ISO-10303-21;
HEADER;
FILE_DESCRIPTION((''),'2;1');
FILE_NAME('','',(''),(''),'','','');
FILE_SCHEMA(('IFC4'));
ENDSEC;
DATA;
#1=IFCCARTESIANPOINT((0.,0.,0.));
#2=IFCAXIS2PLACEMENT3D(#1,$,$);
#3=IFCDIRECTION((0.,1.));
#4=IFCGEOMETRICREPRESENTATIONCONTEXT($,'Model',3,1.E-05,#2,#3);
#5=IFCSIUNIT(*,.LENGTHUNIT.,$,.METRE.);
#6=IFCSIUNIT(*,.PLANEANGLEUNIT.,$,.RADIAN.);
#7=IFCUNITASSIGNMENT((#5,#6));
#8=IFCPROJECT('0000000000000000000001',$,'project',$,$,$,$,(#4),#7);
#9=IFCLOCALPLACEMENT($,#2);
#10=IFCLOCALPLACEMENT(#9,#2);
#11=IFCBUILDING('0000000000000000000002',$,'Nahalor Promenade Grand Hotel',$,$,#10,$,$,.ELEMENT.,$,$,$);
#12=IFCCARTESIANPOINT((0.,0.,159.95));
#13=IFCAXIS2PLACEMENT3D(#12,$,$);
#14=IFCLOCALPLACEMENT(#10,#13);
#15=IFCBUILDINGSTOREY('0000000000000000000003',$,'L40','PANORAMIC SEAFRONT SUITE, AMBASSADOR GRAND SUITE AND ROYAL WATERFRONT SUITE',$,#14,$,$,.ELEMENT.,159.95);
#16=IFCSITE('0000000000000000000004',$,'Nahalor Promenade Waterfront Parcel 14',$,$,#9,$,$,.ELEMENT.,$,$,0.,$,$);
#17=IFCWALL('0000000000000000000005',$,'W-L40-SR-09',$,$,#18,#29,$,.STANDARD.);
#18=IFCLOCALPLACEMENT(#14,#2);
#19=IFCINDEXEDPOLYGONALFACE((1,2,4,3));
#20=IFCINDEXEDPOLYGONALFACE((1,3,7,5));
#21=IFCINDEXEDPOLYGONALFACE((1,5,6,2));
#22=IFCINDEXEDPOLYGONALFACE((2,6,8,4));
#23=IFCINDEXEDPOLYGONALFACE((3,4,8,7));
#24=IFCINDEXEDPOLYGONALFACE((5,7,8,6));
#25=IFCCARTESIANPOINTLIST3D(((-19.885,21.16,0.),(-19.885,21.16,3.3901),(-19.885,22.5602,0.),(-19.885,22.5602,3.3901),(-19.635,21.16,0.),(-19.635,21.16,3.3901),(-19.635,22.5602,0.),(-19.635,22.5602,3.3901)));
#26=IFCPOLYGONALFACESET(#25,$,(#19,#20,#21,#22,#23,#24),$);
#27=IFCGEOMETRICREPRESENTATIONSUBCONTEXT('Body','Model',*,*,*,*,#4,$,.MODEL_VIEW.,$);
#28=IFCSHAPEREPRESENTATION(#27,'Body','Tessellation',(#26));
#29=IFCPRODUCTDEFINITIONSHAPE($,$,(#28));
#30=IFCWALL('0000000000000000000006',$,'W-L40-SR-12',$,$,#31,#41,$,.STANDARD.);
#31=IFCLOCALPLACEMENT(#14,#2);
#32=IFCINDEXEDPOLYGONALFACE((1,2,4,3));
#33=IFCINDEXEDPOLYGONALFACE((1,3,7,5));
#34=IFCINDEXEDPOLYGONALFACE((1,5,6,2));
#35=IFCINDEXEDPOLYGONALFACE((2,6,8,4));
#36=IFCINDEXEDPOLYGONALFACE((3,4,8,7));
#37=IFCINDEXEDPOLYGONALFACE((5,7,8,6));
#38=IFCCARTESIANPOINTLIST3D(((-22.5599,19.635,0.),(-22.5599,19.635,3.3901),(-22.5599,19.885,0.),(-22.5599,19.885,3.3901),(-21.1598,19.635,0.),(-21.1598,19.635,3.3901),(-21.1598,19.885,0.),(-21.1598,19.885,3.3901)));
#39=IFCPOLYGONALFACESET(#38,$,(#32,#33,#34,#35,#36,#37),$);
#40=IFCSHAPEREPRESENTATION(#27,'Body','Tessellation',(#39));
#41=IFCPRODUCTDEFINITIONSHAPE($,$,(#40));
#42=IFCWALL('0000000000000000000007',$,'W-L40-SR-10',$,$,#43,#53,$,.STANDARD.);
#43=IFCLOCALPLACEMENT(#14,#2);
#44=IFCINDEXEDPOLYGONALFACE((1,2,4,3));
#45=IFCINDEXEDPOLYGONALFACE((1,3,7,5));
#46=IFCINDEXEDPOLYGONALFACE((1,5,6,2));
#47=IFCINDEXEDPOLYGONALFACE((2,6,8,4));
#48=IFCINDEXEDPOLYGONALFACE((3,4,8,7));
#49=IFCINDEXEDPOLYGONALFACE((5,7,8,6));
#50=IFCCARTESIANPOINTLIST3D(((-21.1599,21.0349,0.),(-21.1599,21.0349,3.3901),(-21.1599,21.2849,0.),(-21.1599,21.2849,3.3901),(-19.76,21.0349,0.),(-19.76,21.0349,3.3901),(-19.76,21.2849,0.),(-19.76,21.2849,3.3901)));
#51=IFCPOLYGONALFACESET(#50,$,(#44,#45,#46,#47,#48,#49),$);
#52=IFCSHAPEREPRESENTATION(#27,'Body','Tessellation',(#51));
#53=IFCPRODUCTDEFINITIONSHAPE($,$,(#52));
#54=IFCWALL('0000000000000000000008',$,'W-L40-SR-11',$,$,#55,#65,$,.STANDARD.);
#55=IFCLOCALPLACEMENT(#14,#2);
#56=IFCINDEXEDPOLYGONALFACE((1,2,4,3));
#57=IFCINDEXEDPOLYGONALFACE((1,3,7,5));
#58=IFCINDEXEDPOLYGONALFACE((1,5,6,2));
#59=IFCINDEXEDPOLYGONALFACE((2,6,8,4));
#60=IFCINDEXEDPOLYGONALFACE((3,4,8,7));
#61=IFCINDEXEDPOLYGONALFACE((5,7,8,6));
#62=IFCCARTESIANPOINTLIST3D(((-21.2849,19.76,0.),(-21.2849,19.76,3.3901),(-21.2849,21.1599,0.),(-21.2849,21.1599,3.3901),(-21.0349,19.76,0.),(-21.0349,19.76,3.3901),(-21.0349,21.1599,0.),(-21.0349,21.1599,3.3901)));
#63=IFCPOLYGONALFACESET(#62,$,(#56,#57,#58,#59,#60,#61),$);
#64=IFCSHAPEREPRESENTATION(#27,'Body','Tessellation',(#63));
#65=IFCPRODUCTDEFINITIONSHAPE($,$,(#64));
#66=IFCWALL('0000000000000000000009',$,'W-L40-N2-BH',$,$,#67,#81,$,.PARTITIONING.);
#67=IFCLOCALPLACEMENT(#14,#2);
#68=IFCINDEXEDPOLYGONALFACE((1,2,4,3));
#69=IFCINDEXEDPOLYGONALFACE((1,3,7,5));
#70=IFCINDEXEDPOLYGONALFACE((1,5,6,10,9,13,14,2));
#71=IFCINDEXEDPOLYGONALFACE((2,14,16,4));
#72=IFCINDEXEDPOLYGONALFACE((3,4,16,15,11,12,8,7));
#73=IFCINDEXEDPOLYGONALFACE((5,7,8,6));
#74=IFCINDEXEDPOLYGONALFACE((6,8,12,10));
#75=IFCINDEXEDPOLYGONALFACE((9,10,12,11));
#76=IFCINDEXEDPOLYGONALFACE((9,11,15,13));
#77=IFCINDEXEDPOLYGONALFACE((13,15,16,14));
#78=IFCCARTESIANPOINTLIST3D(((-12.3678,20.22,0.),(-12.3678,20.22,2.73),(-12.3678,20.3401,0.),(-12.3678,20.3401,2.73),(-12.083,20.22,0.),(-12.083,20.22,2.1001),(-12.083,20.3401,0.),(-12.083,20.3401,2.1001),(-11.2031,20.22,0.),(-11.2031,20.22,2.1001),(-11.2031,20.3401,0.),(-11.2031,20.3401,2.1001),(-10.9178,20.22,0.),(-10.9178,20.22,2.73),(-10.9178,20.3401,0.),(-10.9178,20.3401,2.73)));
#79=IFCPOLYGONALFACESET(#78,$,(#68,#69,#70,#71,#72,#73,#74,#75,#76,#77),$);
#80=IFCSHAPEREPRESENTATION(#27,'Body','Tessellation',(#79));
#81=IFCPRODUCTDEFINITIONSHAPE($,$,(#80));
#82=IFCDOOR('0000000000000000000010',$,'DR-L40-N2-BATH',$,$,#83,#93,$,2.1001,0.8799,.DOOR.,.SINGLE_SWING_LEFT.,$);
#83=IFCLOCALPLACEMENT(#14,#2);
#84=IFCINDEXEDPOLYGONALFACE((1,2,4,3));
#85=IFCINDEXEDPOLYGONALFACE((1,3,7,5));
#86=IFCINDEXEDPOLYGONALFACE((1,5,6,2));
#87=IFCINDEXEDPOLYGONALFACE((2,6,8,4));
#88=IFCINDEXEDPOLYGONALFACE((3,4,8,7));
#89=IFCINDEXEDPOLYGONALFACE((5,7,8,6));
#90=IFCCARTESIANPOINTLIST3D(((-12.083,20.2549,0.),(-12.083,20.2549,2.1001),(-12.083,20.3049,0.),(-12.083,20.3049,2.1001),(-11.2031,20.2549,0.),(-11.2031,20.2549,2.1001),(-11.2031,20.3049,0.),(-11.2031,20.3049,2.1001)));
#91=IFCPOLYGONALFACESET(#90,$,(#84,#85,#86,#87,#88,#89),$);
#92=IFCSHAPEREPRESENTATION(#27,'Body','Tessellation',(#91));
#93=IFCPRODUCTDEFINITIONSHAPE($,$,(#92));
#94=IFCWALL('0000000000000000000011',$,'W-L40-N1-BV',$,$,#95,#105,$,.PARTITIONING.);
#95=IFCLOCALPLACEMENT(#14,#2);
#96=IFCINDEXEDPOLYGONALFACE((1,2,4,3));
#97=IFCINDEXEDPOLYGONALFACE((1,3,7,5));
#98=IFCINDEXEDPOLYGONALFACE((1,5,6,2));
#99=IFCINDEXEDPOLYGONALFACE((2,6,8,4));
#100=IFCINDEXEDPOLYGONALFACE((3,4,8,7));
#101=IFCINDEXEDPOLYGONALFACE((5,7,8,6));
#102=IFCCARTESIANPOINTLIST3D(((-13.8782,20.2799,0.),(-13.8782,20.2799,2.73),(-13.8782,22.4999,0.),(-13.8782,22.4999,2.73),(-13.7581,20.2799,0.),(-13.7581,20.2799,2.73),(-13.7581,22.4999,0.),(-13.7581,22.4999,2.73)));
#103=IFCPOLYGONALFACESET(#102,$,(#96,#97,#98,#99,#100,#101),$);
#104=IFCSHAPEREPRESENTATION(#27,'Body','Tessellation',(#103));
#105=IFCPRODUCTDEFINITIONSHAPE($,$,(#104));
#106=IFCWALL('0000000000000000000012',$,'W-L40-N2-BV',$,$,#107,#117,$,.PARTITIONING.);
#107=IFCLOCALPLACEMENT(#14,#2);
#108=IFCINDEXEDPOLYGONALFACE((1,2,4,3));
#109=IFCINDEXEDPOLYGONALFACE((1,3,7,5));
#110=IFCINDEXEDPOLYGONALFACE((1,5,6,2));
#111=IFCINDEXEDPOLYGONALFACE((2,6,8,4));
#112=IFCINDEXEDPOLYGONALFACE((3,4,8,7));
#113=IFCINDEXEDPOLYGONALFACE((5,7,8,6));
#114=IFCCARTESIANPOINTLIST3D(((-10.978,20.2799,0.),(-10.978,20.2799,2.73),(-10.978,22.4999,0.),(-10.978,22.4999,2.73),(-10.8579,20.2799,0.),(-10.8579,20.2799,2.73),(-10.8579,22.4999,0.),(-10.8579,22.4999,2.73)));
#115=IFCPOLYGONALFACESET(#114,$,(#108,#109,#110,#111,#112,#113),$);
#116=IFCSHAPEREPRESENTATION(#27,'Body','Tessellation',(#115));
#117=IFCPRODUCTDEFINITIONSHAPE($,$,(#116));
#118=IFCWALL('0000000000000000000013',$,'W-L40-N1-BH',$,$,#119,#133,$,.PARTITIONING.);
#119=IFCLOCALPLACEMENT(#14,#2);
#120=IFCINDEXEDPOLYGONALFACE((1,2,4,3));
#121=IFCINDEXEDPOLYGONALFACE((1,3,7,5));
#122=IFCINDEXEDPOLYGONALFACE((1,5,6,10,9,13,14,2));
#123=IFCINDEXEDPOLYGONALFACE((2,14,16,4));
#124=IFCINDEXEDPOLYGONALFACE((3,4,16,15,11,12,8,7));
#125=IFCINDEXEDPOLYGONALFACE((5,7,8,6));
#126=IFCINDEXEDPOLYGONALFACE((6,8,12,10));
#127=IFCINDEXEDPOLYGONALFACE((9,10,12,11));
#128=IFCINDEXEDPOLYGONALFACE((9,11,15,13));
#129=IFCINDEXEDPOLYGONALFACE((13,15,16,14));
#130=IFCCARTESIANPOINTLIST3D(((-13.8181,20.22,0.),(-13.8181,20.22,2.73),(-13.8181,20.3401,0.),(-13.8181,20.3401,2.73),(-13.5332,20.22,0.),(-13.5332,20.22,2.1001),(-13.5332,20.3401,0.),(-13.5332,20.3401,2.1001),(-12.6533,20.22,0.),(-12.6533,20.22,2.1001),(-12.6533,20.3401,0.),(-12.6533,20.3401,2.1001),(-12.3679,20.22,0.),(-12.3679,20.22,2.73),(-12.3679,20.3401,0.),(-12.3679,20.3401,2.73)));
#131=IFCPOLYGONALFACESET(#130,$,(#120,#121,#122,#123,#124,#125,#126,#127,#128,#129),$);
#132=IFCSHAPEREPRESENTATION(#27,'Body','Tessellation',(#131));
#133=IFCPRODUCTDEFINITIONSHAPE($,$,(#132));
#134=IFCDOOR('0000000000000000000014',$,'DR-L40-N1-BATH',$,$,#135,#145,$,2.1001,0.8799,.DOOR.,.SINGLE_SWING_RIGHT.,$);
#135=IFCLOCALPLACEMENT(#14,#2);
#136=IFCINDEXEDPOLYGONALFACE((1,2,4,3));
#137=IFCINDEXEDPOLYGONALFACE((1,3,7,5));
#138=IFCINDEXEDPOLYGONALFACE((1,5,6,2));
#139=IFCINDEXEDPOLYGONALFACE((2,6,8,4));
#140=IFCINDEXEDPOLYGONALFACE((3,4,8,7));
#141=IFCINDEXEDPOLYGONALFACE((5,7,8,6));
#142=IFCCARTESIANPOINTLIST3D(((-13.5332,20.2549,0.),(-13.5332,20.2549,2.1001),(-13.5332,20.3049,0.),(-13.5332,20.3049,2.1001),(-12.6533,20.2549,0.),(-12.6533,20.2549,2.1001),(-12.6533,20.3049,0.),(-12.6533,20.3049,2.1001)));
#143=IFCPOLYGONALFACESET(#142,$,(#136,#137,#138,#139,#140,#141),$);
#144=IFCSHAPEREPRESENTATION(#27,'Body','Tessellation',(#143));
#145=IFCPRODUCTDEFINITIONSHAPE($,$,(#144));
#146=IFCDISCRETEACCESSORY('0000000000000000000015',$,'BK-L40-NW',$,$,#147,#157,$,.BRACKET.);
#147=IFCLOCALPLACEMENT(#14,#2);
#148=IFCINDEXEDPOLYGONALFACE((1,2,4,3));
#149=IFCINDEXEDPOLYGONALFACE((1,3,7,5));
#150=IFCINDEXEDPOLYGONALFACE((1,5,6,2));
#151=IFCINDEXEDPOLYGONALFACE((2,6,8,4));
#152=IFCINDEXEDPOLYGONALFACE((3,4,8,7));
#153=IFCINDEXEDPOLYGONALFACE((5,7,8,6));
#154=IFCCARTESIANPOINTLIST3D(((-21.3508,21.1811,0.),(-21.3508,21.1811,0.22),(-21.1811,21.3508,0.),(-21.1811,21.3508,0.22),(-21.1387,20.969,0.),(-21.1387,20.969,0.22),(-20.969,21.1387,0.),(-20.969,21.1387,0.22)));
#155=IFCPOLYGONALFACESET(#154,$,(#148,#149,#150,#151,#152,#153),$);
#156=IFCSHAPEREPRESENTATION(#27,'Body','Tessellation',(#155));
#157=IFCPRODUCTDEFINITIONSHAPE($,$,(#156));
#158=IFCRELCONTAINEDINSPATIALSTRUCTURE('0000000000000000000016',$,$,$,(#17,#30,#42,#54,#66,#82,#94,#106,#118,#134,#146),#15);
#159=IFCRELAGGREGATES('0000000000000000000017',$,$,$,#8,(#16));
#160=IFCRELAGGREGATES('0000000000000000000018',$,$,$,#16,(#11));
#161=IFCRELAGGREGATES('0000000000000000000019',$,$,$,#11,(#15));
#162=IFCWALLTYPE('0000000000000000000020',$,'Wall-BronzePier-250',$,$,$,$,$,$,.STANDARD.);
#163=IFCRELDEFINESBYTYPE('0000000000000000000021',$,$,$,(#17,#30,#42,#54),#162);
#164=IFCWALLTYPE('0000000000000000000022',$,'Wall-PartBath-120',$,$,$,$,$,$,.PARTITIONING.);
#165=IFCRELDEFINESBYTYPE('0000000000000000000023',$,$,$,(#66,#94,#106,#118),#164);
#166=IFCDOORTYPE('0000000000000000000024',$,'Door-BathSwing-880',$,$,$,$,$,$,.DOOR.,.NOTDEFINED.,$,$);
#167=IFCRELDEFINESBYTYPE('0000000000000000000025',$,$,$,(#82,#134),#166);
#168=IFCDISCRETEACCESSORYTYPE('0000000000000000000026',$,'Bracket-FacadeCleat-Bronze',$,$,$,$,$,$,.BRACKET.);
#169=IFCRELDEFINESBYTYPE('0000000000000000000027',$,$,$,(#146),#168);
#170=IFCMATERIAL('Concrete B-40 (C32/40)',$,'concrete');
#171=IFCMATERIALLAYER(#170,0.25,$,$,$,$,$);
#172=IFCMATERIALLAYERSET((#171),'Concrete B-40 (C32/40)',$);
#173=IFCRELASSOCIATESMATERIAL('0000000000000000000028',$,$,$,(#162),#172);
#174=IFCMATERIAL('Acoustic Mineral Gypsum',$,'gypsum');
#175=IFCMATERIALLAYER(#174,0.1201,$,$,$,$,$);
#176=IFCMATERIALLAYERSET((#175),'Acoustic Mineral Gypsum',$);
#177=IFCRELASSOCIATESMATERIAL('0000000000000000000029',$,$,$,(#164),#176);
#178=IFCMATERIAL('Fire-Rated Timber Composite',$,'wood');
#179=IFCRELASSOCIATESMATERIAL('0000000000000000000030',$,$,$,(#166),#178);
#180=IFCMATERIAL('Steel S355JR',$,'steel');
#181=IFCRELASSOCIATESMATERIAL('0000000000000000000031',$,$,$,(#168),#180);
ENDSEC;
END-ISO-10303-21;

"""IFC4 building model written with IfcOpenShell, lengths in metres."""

from ifc_helpers import new_model, si_unit, direction, frame, frame_2d, origin, origin_2d, place, context, subcontext, project, spatial, rectangle, extrude, source, transform, mapped, material, layer, layer_set, type_object, element, fill, save


model = new_model("IFC4")

# Units and contexts
model_context = context("Model", 3, precision=1e-05, world=origin(), true_north=direction((0.0, 1.0)))
body_context = subcontext(model_context, "Body", "Model", "MODEL_VIEW")
ifc_project = project(units=[si_unit("LENGTHUNIT", "METRE"), si_unit("PLANEANGLEUNIT", "RADIAN")], contexts=[model_context])

# Site, building, storey
site_placement = place(None, origin())
site = spatial("IfcSite", under=ifc_project, at=site_placement, Name="Nahalor Promenade Waterfront Parcel 14", CompositionType="ELEMENT", RefElevation=0.0)
building_placement = place(site_placement, origin())
building = spatial("IfcBuilding", under=site, at=building_placement, Name="Nahalor Promenade Grand Hotel", CompositionType="ELEMENT")
storey_placement = place(building_placement, frame((0.0, 0.0, 159.95)))
storey = spatial("IfcBuildingStorey", under=building, at=storey_placement, Name="L40", Description="PANORAMIC SEAFRONT SUITE, AMBASSADOR GRAND SUITE AND ROYAL WATERFRONT SUITE", CompositionType="ELEMENT", Elevation=159.95)

# Shared definitions
ifc_material_1 = material(Name="Steel S355JR", Category="steel")

# Walls
ifc_material_2 = material(Name="Concrete B-40 (C32/40)", Category="concrete")
ifc_layer_1 = layer(ifc_material_2, 0.25)
ifc_layer_set_1 = layer_set([ifc_layer_1], Name="Concrete B-40 (C32/40)")
wall_type_1 = type_object("IfcWallType", Name="Wall-BronzePier-250", PredefinedType="STANDARD", material=ifc_layer_set_1)
shared_shape_1 = source(origin(), body_context, "Body", "SweptSolid", [
    extrude(rectangle(XDim=1.4001, YDim=0.25, at=frame_2d((0.7002, 0.0))), origin(), (0.0, 0.0, 1.0), 3.3901),
])
for number, where, z_axis, x_axis, name in (
    (1, (-19.76, 21.1599, 0.0), (0.0, 0.0, 1.0), (0.0, 1.0, 0.0), "W-L40-SR-09"),
    (2, (-22.5601, 19.76, 0.0), (0.0, 0.0, 1.0), (1.0, 0.0, 0.0), "W-L40-SR-12"),
):
    element("IfcWall", number, at=place(storey_placement, frame(where, z_axis=z_axis, x_axis=x_axis)), inside=storey, type_object=wall_type_1, Name=name, PredefinedType="STANDARD", context=body_context, shape_type="MappedRepresentation", body=[
        mapped(shared_shape_1, transform((0.0, 0.0, 0.0), scale=1.0)),
    ])
shared_shape_2 = source(origin(), body_context, "Body", "SweptSolid", [
    extrude(rectangle(XDim=1.3999, YDim=0.25, at=frame_2d((0.7, 0.0))), origin(), (0.0, 0.0, 1.0), 3.3901),
])
for number, where, z_axis, x_axis, name in (
    (3, (-21.1599, 21.1599, 0.0), (0.0, 0.0, 1.0), (1.0, 0.0, 0.0), "W-L40-SR-10"),
    (4, (-21.1599, 19.76, 0.0), (0.0, 0.0, 1.0), (0.0, 1.0, 0.0), "W-L40-SR-11"),
):
    element("IfcWall", number, at=place(storey_placement, frame(where, z_axis=z_axis, x_axis=x_axis)), inside=storey, type_object=wall_type_1, Name=name, PredefinedType="STANDARD", context=body_context, shape_type="MappedRepresentation", body=[
        mapped(shared_shape_2, transform((0.0, 0.0, 0.0), scale=1.0)),
    ])

# Wall, opening, door
ifc_material_3 = material(Name="Acoustic Mineral Gypsum", Category="gypsum")
ifc_layer_2 = layer(ifc_material_3, 0.1201)
ifc_layer_set_2 = layer_set([ifc_layer_2], Name="Acoustic Mineral Gypsum")
wall_type_2 = type_object("IfcWallType", Name="Wall-PartBath-120", PredefinedType="PARTITIONING", material=ifc_layer_set_2)
shared_shape_3 = source(origin(), body_context, "Body", "SweptSolid", [
    extrude(rectangle(XDim=1.45, YDim=0.1201, at=frame_2d((0.7251, 0.0))), origin(), (0.0, 0.0, 1.0), 2.73),
])
wall_1_placement = place(storey_placement, frame((-12.3679, 20.28, 0.0), z_axis=(0.0, 0.0, 1.0), x_axis=(1.0, 0.0, 0.0)))
wall_1 = element("IfcWall", 5, at=wall_1_placement, inside=storey, type_object=wall_type_2, Name="W-L40-N2-BH", PredefinedType="PARTITIONING", context=body_context, shape_type="MappedRepresentation", body=[
    mapped(shared_shape_3, transform((0.0, 0.0, 0.0), scale=1.0)),
])
opening_1_placement = place(wall_1_placement, frame((0.2849, 0.0, 0.0)))
opening_1 = element("IfcOpeningElement", 6, at=opening_1_placement, cuts=wall_1, PredefinedType="OPENING", context=body_context, shape_type="SweptSolid", body=[
    extrude(rectangle(XDim=0.8799, YDim=2.1001, at=frame_2d((0.4399, 1.05))), frame((0.0, 0.0701, 0.0), z_axis=(0.0, -1.0, 0.0), x_axis=(1.0, 0.0, 0.0)), (0.0, 0.0, 1.0), 0.1401),
])
ifc_material_4 = material(Name="Fire-Rated Timber Composite", Category="wood")
door_type = type_object("IfcDoorType", Name="Door-BathSwing-880", OperationType="NOTDEFINED", PredefinedType="DOOR", material=ifc_material_4)
shared_shape_4 = source(origin(), body_context, "Body", "SweptSolid", [
    extrude(rectangle(XDim=0.8799, YDim=2.1001, at=frame_2d((0.4399, 1.05))), frame((0.0, 0.0249, 0.0), z_axis=(0.0, -1.0, 0.0), x_axis=(1.0, 0.0, 0.0)), (0.0, 0.0, 1.0), 0.05),
])
door_1_placement = place(opening_1_placement, origin())
door_1 = element("IfcDoor", 7, at=door_1_placement, inside=storey, type_object=door_type, Name="DR-L40-N2-BATH", OperationType="SINGLE_SWING_LEFT", OverallHeight=2.1001, OverallWidth=0.8799, PredefinedType="DOOR", context=body_context, shape_type="MappedRepresentation", body=[
    mapped(shared_shape_4, transform((0.0, 0.0, 0.0), scale=1.0)),
])
fill(opening_1, door_1)

# Walls
shared_shape_5 = source(origin(), body_context, "Body", "SweptSolid", [
    extrude(rectangle(XDim=2.22, YDim=0.1201, at=frame_2d((1.1099, 0.0))), origin(), (0.0, 0.0, 1.0), 2.73),
])
for number, where, z_axis, x_axis, name in (
    (8, (-13.8181, 20.28, 0.0), (0.0, 0.0, 1.0), (0.0, 1.0, 0.0), "W-L40-N1-BV"),
    (9, (-10.918, 20.28, 0.0), (0.0, 0.0, 1.0), (0.0, 1.0, 0.0), "W-L40-N2-BV"),
):
    element("IfcWall", number, at=place(storey_placement, frame(where, z_axis=z_axis, x_axis=x_axis)), inside=storey, type_object=wall_type_2, Name=name, PredefinedType="PARTITIONING", context=body_context, shape_type="MappedRepresentation", body=[
        mapped(shared_shape_5, transform((0.0, 0.0, 0.0), scale=1.0)),
    ])

# Wall, opening, door
shared_shape_6 = source(origin(), body_context, "Body", "SweptSolid", [
    extrude(rectangle(XDim=1.4502, YDim=0.1201, at=frame_2d((0.7251, 0.0))), origin(), (0.0, 0.0, 1.0), 2.73),
])
wall_2_placement = place(storey_placement, frame((-13.8181, 20.28, 0.0), z_axis=(0.0, 0.0, 1.0), x_axis=(1.0, 0.0, 0.0)))
wall_2 = element("IfcWall", 10, at=wall_2_placement, inside=storey, type_object=wall_type_2, Name="W-L40-N1-BH", PredefinedType="PARTITIONING", context=body_context, shape_type="MappedRepresentation", body=[
    mapped(shared_shape_6, transform((0.0, 0.0, 0.0), scale=1.0)),
])
opening_2_placement = place(wall_2_placement, frame((0.2849, 0.0, 0.0)))
opening_2 = element("IfcOpeningElement", 11, at=opening_2_placement, cuts=wall_2, PredefinedType="OPENING", context=body_context, shape_type="SweptSolid", body=[
    extrude(rectangle(XDim=0.8799, YDim=2.1001, at=frame_2d((0.4399, 1.05))), frame((0.0, 0.0701, 0.0), z_axis=(0.0, -1.0, 0.0), x_axis=(1.0, 0.0, 0.0)), (0.0, 0.0, 1.0), 0.1401),
])
door_2_placement = place(opening_2_placement, origin())
door_2 = element("IfcDoor", 12, at=door_2_placement, inside=storey, type_object=door_type, Name="DR-L40-N1-BATH", OperationType="SINGLE_SWING_RIGHT", OverallHeight=2.1001, OverallWidth=0.8799, PredefinedType="DOOR", context=body_context, shape_type="MappedRepresentation", body=[
    mapped(shared_shape_4, transform((0.0, 0.0, 0.0), scale=1.0)),
])
fill(opening_2, door_2)

# Discrete accessory
discrete_accessory_type = type_object("IfcDiscreteAccessoryType", Name="Bracket-FacadeCleat-Bronze", PredefinedType="BRACKET", material=ifc_material_1)
shared_shape_7 = source(origin(), body_context, "Body", "SweptSolid", [
    extrude(rectangle(XDim=0.3, YDim=0.24, at=origin_2d()), origin(), (0.0, 0.0, 1.0), 0.22),
])
discrete_accessory_placement = place(storey_placement, frame((-21.1599, 21.1599, 0.0), z_axis=(0.0, 0.0, 1.0), x_axis=(-0.707107, 0.707107, 0.0)))
element("IfcDiscreteAccessory", 13, at=discrete_accessory_placement, inside=storey, type_object=discrete_accessory_type, Name="BK-L40-NW", PredefinedType="BRACKET", context=body_context, shape_type="MappedRepresentation", body=[
    mapped(shared_shape_7, transform((0.0, 0.0, 0.0), scale=1.0)),
])

save(model, "model.ifc")
